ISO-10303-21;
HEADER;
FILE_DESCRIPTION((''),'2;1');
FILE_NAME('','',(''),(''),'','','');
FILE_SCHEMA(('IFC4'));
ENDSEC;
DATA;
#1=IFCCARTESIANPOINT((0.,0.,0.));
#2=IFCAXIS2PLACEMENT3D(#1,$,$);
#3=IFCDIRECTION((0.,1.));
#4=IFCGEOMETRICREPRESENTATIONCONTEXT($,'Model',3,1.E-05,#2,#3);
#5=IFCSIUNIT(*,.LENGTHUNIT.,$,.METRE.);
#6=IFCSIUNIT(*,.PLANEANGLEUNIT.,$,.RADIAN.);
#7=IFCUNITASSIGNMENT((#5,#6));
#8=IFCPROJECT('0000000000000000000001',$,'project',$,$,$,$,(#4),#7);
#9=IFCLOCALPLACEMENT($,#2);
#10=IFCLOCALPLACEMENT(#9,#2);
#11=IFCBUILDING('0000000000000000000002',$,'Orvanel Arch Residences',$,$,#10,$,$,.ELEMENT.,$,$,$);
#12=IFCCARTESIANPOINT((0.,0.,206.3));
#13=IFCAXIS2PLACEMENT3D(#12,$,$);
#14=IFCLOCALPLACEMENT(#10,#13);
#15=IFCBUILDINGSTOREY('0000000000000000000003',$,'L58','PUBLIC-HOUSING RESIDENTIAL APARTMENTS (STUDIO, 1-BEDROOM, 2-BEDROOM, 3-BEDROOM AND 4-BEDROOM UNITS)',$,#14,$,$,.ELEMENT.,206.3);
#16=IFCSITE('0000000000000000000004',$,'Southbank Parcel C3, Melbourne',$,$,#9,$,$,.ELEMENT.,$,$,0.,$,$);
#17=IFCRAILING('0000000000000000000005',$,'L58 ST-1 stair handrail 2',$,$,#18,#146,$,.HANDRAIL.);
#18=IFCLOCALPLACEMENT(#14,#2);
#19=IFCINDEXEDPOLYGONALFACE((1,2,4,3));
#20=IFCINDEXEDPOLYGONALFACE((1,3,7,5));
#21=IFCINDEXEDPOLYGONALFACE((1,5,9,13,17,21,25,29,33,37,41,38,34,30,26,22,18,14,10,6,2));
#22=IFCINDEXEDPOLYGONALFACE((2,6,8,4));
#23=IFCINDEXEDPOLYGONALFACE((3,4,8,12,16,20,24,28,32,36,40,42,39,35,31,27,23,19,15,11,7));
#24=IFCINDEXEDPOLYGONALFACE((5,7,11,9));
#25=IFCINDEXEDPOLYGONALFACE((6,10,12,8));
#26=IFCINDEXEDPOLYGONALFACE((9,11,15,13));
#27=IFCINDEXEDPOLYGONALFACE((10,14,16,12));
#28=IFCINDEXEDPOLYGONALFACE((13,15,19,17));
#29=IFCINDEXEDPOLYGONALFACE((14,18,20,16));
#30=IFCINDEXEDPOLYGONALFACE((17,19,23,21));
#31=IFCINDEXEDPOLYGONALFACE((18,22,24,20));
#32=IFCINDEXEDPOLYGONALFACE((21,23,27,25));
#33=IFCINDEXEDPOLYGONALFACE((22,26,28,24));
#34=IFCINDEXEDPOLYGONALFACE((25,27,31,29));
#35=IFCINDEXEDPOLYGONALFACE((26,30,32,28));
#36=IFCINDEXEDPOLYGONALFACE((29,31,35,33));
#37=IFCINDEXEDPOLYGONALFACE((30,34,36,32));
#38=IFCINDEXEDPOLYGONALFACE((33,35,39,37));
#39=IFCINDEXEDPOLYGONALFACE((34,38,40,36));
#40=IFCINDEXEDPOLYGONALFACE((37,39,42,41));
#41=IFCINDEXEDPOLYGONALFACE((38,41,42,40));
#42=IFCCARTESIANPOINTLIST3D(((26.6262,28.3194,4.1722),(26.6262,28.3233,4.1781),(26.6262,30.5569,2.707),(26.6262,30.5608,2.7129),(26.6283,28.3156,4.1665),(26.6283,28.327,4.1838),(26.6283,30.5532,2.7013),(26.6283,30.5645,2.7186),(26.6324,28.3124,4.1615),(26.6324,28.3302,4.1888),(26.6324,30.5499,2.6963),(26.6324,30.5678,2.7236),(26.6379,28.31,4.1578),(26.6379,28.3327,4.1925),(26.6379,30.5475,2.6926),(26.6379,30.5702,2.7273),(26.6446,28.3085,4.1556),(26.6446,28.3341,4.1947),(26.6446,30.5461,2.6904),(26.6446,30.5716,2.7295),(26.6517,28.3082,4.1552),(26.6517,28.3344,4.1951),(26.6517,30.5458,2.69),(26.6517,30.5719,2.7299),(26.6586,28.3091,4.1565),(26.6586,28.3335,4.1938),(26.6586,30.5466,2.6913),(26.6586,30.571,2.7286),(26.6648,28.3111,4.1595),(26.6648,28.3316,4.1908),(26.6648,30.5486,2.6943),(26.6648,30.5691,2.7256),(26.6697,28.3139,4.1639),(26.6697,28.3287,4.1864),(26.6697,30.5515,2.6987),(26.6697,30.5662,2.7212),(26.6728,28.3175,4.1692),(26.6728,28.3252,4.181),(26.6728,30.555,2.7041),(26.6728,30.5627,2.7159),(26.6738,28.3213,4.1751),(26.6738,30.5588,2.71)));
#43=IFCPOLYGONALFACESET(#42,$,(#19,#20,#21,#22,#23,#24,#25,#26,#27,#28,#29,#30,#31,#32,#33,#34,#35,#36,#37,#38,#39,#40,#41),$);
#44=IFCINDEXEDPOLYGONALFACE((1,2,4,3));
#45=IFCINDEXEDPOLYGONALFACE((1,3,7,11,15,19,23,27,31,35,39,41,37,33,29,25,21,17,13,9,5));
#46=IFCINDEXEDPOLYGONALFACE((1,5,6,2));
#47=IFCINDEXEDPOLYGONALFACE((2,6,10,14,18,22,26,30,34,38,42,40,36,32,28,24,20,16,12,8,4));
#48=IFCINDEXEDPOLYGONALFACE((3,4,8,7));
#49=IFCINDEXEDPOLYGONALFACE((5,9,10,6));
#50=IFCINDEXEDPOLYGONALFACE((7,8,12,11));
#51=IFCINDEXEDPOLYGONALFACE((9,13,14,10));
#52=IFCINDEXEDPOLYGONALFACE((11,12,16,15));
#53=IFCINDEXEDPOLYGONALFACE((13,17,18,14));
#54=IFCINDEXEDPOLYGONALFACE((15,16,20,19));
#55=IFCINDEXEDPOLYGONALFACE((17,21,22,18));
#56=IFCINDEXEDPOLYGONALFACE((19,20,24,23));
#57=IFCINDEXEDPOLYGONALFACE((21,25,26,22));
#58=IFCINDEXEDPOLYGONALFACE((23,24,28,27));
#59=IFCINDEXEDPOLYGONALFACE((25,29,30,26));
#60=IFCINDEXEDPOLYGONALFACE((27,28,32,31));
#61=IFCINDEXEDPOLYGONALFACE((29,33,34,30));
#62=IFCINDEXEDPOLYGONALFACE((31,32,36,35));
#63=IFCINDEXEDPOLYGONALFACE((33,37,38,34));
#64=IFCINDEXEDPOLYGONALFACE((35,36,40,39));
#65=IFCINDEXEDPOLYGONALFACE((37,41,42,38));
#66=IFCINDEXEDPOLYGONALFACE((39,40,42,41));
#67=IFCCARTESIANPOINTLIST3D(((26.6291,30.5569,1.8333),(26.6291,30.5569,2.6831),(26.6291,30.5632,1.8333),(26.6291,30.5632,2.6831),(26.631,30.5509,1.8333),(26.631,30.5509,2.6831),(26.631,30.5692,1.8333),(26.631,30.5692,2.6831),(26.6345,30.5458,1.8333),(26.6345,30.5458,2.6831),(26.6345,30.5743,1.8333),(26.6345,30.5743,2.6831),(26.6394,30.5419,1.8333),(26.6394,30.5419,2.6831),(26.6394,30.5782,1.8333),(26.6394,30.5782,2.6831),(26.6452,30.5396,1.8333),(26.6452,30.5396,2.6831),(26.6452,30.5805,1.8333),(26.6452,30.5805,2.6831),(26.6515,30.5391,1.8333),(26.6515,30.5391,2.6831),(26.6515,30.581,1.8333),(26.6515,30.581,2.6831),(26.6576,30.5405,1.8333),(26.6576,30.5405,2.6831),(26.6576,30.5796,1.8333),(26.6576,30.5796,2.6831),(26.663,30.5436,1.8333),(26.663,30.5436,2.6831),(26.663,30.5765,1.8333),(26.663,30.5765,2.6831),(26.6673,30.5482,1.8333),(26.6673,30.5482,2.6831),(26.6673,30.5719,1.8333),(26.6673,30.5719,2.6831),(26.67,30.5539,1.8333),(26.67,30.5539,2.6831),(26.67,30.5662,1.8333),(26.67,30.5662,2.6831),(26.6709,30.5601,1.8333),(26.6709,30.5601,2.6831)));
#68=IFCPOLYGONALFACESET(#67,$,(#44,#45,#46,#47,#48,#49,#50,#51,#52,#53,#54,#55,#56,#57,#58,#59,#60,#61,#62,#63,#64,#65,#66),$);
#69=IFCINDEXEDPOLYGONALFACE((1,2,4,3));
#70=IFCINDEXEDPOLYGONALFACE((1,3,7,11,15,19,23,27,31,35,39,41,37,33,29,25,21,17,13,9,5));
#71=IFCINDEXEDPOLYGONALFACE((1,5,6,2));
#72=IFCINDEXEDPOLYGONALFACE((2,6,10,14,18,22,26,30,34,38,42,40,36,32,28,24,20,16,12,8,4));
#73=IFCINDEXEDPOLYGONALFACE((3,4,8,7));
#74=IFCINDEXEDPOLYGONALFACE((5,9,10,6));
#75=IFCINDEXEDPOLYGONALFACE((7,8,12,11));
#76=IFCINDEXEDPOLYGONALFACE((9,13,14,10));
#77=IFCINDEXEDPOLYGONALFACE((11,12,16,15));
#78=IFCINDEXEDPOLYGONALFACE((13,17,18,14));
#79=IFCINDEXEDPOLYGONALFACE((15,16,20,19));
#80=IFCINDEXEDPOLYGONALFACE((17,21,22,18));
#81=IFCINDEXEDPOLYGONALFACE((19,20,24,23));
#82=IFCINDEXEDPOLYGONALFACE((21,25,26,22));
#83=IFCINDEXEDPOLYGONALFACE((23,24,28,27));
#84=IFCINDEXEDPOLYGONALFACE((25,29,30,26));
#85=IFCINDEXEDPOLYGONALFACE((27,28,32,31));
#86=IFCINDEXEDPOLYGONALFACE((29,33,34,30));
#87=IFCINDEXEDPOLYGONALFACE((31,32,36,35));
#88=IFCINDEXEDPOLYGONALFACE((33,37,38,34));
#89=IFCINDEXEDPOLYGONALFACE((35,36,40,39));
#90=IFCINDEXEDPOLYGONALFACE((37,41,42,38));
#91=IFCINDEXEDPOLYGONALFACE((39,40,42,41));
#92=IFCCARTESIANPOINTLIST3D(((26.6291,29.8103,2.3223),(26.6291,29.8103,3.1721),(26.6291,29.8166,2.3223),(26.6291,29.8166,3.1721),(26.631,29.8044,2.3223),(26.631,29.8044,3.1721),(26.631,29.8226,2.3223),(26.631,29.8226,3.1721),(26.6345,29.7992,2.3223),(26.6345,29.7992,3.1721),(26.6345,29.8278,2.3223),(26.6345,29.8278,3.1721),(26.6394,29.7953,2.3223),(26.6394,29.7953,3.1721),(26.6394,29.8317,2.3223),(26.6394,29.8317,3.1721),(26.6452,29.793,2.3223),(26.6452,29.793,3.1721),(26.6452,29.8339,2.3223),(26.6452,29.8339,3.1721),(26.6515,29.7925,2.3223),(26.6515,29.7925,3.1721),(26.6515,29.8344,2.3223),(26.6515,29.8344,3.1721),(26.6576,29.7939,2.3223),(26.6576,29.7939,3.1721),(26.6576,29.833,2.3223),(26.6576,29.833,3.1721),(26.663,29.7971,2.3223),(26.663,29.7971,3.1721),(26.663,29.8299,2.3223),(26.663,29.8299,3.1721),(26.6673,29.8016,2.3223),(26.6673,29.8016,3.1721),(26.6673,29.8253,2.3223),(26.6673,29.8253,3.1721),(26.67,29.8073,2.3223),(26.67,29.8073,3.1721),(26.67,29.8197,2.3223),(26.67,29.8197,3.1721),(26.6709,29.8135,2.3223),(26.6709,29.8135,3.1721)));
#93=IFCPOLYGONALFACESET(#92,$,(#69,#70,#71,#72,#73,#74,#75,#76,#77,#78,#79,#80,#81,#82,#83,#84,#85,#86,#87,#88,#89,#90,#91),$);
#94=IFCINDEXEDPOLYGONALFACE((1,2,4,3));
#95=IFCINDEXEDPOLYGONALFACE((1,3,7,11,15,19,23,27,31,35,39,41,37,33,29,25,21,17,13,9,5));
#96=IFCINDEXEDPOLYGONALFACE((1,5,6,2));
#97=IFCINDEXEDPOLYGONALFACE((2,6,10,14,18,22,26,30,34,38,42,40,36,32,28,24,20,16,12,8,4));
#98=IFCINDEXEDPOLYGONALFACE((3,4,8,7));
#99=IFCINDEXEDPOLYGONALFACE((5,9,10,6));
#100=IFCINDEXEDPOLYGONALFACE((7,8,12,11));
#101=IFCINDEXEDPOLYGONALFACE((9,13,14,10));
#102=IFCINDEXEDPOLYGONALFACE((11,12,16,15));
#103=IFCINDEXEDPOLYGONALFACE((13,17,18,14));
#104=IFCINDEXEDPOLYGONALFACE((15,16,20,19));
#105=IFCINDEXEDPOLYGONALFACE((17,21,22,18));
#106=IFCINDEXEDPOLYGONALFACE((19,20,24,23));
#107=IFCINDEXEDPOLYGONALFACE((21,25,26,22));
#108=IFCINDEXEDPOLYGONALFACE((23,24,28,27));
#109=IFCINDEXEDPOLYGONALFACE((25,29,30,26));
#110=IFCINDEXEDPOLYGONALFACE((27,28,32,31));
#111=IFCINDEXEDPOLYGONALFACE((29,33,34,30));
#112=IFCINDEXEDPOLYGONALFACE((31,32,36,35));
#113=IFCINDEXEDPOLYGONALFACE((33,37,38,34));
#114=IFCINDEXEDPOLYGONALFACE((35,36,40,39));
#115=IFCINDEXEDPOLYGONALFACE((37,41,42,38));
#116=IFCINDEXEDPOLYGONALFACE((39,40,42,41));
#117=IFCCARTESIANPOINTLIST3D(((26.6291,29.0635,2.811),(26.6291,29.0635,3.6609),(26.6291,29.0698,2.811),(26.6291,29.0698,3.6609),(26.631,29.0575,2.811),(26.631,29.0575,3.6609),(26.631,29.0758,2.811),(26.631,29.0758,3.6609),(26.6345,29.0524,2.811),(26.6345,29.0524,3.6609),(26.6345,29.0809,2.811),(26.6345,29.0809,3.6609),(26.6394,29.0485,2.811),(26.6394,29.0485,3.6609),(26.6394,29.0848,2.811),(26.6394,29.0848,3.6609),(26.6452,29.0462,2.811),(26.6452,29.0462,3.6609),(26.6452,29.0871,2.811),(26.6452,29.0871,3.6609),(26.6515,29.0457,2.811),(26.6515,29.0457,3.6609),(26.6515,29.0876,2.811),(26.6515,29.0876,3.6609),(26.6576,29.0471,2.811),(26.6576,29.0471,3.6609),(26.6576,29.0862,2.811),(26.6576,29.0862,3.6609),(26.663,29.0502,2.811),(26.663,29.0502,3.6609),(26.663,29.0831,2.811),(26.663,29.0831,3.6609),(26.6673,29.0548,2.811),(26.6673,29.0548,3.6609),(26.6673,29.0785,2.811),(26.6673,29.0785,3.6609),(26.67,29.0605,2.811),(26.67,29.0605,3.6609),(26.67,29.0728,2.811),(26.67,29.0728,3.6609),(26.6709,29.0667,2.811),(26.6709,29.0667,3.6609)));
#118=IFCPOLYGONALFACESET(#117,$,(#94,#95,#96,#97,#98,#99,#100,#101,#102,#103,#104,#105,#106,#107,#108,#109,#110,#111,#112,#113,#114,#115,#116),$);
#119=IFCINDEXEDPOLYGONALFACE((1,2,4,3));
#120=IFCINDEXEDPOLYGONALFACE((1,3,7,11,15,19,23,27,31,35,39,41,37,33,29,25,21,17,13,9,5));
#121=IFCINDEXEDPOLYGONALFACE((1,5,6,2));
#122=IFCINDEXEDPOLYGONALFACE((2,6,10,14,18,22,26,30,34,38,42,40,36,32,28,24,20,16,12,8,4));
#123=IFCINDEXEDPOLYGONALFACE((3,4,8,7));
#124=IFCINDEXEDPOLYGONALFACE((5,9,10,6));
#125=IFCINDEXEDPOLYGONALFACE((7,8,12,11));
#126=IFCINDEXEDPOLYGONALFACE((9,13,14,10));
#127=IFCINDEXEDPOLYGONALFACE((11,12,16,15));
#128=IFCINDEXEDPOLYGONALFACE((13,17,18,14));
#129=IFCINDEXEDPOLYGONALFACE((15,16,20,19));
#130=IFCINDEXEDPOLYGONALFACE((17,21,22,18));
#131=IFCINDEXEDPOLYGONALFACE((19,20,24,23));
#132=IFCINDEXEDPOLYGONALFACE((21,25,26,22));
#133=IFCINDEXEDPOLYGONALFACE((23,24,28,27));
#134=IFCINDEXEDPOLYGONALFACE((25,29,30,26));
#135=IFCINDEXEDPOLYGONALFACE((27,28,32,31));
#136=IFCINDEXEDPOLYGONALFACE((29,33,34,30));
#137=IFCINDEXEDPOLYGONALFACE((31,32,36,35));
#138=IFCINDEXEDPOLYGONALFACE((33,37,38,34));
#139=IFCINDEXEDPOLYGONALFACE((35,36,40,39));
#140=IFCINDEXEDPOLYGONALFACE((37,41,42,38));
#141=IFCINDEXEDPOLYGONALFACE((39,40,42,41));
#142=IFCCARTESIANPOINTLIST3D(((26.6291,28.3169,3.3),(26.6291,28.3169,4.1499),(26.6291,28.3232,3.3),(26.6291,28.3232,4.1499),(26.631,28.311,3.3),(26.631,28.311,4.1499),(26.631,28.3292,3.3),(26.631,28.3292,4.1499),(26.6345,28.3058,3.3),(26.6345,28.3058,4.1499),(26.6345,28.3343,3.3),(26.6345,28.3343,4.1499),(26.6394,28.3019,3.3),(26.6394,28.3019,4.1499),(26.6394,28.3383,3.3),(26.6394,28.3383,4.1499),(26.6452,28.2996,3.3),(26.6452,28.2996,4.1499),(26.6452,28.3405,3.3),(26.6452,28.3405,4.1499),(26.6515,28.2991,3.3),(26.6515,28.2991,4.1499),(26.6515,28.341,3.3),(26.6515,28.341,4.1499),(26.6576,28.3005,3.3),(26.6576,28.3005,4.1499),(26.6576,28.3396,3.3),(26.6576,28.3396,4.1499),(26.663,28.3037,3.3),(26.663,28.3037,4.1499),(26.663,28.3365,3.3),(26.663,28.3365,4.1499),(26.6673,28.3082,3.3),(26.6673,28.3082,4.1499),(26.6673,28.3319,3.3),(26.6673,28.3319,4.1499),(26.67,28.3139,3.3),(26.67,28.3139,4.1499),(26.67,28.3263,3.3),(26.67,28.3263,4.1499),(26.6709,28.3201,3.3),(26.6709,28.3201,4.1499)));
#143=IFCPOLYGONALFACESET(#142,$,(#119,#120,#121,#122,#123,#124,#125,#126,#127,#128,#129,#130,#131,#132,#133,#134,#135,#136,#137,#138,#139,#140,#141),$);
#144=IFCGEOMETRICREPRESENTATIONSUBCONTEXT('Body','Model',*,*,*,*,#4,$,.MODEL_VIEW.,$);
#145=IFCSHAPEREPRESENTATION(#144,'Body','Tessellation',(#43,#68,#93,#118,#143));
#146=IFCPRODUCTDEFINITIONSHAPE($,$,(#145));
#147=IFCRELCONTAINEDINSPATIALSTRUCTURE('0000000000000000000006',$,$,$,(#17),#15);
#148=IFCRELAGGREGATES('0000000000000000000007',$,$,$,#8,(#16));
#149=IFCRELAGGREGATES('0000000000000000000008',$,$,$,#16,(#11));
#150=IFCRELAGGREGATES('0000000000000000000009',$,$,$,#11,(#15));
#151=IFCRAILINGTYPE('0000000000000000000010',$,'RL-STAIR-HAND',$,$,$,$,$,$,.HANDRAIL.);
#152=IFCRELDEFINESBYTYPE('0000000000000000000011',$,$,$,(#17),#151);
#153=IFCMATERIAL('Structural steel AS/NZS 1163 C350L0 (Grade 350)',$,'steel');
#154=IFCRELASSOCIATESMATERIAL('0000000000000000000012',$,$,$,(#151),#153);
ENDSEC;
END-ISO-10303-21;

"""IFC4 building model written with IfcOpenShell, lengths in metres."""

from ifc_helpers import new_model, si_unit, direction, frame, origin, origin_2d, place, context, subcontext, project, spatial, circle, extrude, material, type_object, element, save


model = new_model("IFC4")

# Units and contexts
model_context = context("Model", 3, precision=1e-05, world=origin(), true_north=direction((0.0, 1.0)))
body_context = subcontext(model_context, "Body", "Model", "MODEL_VIEW")
ifc_project = project(units=[si_unit("LENGTHUNIT", "METRE"), si_unit("PLANEANGLEUNIT", "RADIAN")], contexts=[model_context])

# Site, building, storey
site_placement = place(None, origin())
site = spatial("IfcSite", under=ifc_project, at=site_placement, Name="Southbank Parcel C3, Melbourne", CompositionType="ELEMENT", RefElevation=0.0)
building_placement = place(site_placement, origin())
building = spatial("IfcBuilding", under=site, at=building_placement, Name="Orvanel Arch Residences", CompositionType="ELEMENT")
storey_placement = place(building_placement, frame((0.0, 0.0, 206.3)))
storey = spatial("IfcBuildingStorey", under=building, at=storey_placement, Name="L58", Description="PUBLIC-HOUSING RESIDENTIAL APARTMENTS (STUDIO, 1-BEDROOM, 2-BEDROOM, 3-BEDROOM AND 4-BEDROOM UNITS)", CompositionType="ELEMENT", Elevation=206.3)

# Railing
ifc_material_1 = material(Name="Structural steel AS/NZS 1163 C350L0 (Grade 350)", Category="steel")
railing_type_1 = type_object("IfcRailingType", Name="RL-STAIR-HAND", PredefinedType="HANDRAIL", material=ifc_material_1)
railing_1_placement = place(storey_placement, frame((26.6499, 30.5601, 1.8333)))
element("IfcRailing", 1, at=railing_1_placement, inside=storey, type_object=railing_type_1, Name="L58 ST-1 stair handrail 2", PredefinedType="HANDRAIL", context=body_context, shape_type="SweptSolid", body=[
    extrude(circle(Radius=0.0239, at=origin_2d()), frame((0.0, -0.0012, 0.8767), z_axis=(0.0, -0.836595, 0.547822), x_axis=(1.0, 0.0, 0.0)), (0.0, 0.0, 1.0), 2.6746),
    extrude(circle(Radius=0.021, at=origin_2d()), origin(), (0.0, 0.0, 1.0), 0.8499),
    extrude(circle(Radius=0.021, at=origin_2d()), frame((0.0, -0.7466, 0.489)), (0.0, 0.0, 1.0), 0.8499),
    extrude(circle(Radius=0.021, at=origin_2d()), frame((0.0, -1.4934, 0.9778)), (0.0, 0.0, 1.0), 0.8499),
    extrude(circle(Radius=0.021, at=origin_2d()), frame((0.0, -2.24, 1.4668)), (0.0, 0.0, 1.0), 0.8499),
])

save(model, "model.ifc")
